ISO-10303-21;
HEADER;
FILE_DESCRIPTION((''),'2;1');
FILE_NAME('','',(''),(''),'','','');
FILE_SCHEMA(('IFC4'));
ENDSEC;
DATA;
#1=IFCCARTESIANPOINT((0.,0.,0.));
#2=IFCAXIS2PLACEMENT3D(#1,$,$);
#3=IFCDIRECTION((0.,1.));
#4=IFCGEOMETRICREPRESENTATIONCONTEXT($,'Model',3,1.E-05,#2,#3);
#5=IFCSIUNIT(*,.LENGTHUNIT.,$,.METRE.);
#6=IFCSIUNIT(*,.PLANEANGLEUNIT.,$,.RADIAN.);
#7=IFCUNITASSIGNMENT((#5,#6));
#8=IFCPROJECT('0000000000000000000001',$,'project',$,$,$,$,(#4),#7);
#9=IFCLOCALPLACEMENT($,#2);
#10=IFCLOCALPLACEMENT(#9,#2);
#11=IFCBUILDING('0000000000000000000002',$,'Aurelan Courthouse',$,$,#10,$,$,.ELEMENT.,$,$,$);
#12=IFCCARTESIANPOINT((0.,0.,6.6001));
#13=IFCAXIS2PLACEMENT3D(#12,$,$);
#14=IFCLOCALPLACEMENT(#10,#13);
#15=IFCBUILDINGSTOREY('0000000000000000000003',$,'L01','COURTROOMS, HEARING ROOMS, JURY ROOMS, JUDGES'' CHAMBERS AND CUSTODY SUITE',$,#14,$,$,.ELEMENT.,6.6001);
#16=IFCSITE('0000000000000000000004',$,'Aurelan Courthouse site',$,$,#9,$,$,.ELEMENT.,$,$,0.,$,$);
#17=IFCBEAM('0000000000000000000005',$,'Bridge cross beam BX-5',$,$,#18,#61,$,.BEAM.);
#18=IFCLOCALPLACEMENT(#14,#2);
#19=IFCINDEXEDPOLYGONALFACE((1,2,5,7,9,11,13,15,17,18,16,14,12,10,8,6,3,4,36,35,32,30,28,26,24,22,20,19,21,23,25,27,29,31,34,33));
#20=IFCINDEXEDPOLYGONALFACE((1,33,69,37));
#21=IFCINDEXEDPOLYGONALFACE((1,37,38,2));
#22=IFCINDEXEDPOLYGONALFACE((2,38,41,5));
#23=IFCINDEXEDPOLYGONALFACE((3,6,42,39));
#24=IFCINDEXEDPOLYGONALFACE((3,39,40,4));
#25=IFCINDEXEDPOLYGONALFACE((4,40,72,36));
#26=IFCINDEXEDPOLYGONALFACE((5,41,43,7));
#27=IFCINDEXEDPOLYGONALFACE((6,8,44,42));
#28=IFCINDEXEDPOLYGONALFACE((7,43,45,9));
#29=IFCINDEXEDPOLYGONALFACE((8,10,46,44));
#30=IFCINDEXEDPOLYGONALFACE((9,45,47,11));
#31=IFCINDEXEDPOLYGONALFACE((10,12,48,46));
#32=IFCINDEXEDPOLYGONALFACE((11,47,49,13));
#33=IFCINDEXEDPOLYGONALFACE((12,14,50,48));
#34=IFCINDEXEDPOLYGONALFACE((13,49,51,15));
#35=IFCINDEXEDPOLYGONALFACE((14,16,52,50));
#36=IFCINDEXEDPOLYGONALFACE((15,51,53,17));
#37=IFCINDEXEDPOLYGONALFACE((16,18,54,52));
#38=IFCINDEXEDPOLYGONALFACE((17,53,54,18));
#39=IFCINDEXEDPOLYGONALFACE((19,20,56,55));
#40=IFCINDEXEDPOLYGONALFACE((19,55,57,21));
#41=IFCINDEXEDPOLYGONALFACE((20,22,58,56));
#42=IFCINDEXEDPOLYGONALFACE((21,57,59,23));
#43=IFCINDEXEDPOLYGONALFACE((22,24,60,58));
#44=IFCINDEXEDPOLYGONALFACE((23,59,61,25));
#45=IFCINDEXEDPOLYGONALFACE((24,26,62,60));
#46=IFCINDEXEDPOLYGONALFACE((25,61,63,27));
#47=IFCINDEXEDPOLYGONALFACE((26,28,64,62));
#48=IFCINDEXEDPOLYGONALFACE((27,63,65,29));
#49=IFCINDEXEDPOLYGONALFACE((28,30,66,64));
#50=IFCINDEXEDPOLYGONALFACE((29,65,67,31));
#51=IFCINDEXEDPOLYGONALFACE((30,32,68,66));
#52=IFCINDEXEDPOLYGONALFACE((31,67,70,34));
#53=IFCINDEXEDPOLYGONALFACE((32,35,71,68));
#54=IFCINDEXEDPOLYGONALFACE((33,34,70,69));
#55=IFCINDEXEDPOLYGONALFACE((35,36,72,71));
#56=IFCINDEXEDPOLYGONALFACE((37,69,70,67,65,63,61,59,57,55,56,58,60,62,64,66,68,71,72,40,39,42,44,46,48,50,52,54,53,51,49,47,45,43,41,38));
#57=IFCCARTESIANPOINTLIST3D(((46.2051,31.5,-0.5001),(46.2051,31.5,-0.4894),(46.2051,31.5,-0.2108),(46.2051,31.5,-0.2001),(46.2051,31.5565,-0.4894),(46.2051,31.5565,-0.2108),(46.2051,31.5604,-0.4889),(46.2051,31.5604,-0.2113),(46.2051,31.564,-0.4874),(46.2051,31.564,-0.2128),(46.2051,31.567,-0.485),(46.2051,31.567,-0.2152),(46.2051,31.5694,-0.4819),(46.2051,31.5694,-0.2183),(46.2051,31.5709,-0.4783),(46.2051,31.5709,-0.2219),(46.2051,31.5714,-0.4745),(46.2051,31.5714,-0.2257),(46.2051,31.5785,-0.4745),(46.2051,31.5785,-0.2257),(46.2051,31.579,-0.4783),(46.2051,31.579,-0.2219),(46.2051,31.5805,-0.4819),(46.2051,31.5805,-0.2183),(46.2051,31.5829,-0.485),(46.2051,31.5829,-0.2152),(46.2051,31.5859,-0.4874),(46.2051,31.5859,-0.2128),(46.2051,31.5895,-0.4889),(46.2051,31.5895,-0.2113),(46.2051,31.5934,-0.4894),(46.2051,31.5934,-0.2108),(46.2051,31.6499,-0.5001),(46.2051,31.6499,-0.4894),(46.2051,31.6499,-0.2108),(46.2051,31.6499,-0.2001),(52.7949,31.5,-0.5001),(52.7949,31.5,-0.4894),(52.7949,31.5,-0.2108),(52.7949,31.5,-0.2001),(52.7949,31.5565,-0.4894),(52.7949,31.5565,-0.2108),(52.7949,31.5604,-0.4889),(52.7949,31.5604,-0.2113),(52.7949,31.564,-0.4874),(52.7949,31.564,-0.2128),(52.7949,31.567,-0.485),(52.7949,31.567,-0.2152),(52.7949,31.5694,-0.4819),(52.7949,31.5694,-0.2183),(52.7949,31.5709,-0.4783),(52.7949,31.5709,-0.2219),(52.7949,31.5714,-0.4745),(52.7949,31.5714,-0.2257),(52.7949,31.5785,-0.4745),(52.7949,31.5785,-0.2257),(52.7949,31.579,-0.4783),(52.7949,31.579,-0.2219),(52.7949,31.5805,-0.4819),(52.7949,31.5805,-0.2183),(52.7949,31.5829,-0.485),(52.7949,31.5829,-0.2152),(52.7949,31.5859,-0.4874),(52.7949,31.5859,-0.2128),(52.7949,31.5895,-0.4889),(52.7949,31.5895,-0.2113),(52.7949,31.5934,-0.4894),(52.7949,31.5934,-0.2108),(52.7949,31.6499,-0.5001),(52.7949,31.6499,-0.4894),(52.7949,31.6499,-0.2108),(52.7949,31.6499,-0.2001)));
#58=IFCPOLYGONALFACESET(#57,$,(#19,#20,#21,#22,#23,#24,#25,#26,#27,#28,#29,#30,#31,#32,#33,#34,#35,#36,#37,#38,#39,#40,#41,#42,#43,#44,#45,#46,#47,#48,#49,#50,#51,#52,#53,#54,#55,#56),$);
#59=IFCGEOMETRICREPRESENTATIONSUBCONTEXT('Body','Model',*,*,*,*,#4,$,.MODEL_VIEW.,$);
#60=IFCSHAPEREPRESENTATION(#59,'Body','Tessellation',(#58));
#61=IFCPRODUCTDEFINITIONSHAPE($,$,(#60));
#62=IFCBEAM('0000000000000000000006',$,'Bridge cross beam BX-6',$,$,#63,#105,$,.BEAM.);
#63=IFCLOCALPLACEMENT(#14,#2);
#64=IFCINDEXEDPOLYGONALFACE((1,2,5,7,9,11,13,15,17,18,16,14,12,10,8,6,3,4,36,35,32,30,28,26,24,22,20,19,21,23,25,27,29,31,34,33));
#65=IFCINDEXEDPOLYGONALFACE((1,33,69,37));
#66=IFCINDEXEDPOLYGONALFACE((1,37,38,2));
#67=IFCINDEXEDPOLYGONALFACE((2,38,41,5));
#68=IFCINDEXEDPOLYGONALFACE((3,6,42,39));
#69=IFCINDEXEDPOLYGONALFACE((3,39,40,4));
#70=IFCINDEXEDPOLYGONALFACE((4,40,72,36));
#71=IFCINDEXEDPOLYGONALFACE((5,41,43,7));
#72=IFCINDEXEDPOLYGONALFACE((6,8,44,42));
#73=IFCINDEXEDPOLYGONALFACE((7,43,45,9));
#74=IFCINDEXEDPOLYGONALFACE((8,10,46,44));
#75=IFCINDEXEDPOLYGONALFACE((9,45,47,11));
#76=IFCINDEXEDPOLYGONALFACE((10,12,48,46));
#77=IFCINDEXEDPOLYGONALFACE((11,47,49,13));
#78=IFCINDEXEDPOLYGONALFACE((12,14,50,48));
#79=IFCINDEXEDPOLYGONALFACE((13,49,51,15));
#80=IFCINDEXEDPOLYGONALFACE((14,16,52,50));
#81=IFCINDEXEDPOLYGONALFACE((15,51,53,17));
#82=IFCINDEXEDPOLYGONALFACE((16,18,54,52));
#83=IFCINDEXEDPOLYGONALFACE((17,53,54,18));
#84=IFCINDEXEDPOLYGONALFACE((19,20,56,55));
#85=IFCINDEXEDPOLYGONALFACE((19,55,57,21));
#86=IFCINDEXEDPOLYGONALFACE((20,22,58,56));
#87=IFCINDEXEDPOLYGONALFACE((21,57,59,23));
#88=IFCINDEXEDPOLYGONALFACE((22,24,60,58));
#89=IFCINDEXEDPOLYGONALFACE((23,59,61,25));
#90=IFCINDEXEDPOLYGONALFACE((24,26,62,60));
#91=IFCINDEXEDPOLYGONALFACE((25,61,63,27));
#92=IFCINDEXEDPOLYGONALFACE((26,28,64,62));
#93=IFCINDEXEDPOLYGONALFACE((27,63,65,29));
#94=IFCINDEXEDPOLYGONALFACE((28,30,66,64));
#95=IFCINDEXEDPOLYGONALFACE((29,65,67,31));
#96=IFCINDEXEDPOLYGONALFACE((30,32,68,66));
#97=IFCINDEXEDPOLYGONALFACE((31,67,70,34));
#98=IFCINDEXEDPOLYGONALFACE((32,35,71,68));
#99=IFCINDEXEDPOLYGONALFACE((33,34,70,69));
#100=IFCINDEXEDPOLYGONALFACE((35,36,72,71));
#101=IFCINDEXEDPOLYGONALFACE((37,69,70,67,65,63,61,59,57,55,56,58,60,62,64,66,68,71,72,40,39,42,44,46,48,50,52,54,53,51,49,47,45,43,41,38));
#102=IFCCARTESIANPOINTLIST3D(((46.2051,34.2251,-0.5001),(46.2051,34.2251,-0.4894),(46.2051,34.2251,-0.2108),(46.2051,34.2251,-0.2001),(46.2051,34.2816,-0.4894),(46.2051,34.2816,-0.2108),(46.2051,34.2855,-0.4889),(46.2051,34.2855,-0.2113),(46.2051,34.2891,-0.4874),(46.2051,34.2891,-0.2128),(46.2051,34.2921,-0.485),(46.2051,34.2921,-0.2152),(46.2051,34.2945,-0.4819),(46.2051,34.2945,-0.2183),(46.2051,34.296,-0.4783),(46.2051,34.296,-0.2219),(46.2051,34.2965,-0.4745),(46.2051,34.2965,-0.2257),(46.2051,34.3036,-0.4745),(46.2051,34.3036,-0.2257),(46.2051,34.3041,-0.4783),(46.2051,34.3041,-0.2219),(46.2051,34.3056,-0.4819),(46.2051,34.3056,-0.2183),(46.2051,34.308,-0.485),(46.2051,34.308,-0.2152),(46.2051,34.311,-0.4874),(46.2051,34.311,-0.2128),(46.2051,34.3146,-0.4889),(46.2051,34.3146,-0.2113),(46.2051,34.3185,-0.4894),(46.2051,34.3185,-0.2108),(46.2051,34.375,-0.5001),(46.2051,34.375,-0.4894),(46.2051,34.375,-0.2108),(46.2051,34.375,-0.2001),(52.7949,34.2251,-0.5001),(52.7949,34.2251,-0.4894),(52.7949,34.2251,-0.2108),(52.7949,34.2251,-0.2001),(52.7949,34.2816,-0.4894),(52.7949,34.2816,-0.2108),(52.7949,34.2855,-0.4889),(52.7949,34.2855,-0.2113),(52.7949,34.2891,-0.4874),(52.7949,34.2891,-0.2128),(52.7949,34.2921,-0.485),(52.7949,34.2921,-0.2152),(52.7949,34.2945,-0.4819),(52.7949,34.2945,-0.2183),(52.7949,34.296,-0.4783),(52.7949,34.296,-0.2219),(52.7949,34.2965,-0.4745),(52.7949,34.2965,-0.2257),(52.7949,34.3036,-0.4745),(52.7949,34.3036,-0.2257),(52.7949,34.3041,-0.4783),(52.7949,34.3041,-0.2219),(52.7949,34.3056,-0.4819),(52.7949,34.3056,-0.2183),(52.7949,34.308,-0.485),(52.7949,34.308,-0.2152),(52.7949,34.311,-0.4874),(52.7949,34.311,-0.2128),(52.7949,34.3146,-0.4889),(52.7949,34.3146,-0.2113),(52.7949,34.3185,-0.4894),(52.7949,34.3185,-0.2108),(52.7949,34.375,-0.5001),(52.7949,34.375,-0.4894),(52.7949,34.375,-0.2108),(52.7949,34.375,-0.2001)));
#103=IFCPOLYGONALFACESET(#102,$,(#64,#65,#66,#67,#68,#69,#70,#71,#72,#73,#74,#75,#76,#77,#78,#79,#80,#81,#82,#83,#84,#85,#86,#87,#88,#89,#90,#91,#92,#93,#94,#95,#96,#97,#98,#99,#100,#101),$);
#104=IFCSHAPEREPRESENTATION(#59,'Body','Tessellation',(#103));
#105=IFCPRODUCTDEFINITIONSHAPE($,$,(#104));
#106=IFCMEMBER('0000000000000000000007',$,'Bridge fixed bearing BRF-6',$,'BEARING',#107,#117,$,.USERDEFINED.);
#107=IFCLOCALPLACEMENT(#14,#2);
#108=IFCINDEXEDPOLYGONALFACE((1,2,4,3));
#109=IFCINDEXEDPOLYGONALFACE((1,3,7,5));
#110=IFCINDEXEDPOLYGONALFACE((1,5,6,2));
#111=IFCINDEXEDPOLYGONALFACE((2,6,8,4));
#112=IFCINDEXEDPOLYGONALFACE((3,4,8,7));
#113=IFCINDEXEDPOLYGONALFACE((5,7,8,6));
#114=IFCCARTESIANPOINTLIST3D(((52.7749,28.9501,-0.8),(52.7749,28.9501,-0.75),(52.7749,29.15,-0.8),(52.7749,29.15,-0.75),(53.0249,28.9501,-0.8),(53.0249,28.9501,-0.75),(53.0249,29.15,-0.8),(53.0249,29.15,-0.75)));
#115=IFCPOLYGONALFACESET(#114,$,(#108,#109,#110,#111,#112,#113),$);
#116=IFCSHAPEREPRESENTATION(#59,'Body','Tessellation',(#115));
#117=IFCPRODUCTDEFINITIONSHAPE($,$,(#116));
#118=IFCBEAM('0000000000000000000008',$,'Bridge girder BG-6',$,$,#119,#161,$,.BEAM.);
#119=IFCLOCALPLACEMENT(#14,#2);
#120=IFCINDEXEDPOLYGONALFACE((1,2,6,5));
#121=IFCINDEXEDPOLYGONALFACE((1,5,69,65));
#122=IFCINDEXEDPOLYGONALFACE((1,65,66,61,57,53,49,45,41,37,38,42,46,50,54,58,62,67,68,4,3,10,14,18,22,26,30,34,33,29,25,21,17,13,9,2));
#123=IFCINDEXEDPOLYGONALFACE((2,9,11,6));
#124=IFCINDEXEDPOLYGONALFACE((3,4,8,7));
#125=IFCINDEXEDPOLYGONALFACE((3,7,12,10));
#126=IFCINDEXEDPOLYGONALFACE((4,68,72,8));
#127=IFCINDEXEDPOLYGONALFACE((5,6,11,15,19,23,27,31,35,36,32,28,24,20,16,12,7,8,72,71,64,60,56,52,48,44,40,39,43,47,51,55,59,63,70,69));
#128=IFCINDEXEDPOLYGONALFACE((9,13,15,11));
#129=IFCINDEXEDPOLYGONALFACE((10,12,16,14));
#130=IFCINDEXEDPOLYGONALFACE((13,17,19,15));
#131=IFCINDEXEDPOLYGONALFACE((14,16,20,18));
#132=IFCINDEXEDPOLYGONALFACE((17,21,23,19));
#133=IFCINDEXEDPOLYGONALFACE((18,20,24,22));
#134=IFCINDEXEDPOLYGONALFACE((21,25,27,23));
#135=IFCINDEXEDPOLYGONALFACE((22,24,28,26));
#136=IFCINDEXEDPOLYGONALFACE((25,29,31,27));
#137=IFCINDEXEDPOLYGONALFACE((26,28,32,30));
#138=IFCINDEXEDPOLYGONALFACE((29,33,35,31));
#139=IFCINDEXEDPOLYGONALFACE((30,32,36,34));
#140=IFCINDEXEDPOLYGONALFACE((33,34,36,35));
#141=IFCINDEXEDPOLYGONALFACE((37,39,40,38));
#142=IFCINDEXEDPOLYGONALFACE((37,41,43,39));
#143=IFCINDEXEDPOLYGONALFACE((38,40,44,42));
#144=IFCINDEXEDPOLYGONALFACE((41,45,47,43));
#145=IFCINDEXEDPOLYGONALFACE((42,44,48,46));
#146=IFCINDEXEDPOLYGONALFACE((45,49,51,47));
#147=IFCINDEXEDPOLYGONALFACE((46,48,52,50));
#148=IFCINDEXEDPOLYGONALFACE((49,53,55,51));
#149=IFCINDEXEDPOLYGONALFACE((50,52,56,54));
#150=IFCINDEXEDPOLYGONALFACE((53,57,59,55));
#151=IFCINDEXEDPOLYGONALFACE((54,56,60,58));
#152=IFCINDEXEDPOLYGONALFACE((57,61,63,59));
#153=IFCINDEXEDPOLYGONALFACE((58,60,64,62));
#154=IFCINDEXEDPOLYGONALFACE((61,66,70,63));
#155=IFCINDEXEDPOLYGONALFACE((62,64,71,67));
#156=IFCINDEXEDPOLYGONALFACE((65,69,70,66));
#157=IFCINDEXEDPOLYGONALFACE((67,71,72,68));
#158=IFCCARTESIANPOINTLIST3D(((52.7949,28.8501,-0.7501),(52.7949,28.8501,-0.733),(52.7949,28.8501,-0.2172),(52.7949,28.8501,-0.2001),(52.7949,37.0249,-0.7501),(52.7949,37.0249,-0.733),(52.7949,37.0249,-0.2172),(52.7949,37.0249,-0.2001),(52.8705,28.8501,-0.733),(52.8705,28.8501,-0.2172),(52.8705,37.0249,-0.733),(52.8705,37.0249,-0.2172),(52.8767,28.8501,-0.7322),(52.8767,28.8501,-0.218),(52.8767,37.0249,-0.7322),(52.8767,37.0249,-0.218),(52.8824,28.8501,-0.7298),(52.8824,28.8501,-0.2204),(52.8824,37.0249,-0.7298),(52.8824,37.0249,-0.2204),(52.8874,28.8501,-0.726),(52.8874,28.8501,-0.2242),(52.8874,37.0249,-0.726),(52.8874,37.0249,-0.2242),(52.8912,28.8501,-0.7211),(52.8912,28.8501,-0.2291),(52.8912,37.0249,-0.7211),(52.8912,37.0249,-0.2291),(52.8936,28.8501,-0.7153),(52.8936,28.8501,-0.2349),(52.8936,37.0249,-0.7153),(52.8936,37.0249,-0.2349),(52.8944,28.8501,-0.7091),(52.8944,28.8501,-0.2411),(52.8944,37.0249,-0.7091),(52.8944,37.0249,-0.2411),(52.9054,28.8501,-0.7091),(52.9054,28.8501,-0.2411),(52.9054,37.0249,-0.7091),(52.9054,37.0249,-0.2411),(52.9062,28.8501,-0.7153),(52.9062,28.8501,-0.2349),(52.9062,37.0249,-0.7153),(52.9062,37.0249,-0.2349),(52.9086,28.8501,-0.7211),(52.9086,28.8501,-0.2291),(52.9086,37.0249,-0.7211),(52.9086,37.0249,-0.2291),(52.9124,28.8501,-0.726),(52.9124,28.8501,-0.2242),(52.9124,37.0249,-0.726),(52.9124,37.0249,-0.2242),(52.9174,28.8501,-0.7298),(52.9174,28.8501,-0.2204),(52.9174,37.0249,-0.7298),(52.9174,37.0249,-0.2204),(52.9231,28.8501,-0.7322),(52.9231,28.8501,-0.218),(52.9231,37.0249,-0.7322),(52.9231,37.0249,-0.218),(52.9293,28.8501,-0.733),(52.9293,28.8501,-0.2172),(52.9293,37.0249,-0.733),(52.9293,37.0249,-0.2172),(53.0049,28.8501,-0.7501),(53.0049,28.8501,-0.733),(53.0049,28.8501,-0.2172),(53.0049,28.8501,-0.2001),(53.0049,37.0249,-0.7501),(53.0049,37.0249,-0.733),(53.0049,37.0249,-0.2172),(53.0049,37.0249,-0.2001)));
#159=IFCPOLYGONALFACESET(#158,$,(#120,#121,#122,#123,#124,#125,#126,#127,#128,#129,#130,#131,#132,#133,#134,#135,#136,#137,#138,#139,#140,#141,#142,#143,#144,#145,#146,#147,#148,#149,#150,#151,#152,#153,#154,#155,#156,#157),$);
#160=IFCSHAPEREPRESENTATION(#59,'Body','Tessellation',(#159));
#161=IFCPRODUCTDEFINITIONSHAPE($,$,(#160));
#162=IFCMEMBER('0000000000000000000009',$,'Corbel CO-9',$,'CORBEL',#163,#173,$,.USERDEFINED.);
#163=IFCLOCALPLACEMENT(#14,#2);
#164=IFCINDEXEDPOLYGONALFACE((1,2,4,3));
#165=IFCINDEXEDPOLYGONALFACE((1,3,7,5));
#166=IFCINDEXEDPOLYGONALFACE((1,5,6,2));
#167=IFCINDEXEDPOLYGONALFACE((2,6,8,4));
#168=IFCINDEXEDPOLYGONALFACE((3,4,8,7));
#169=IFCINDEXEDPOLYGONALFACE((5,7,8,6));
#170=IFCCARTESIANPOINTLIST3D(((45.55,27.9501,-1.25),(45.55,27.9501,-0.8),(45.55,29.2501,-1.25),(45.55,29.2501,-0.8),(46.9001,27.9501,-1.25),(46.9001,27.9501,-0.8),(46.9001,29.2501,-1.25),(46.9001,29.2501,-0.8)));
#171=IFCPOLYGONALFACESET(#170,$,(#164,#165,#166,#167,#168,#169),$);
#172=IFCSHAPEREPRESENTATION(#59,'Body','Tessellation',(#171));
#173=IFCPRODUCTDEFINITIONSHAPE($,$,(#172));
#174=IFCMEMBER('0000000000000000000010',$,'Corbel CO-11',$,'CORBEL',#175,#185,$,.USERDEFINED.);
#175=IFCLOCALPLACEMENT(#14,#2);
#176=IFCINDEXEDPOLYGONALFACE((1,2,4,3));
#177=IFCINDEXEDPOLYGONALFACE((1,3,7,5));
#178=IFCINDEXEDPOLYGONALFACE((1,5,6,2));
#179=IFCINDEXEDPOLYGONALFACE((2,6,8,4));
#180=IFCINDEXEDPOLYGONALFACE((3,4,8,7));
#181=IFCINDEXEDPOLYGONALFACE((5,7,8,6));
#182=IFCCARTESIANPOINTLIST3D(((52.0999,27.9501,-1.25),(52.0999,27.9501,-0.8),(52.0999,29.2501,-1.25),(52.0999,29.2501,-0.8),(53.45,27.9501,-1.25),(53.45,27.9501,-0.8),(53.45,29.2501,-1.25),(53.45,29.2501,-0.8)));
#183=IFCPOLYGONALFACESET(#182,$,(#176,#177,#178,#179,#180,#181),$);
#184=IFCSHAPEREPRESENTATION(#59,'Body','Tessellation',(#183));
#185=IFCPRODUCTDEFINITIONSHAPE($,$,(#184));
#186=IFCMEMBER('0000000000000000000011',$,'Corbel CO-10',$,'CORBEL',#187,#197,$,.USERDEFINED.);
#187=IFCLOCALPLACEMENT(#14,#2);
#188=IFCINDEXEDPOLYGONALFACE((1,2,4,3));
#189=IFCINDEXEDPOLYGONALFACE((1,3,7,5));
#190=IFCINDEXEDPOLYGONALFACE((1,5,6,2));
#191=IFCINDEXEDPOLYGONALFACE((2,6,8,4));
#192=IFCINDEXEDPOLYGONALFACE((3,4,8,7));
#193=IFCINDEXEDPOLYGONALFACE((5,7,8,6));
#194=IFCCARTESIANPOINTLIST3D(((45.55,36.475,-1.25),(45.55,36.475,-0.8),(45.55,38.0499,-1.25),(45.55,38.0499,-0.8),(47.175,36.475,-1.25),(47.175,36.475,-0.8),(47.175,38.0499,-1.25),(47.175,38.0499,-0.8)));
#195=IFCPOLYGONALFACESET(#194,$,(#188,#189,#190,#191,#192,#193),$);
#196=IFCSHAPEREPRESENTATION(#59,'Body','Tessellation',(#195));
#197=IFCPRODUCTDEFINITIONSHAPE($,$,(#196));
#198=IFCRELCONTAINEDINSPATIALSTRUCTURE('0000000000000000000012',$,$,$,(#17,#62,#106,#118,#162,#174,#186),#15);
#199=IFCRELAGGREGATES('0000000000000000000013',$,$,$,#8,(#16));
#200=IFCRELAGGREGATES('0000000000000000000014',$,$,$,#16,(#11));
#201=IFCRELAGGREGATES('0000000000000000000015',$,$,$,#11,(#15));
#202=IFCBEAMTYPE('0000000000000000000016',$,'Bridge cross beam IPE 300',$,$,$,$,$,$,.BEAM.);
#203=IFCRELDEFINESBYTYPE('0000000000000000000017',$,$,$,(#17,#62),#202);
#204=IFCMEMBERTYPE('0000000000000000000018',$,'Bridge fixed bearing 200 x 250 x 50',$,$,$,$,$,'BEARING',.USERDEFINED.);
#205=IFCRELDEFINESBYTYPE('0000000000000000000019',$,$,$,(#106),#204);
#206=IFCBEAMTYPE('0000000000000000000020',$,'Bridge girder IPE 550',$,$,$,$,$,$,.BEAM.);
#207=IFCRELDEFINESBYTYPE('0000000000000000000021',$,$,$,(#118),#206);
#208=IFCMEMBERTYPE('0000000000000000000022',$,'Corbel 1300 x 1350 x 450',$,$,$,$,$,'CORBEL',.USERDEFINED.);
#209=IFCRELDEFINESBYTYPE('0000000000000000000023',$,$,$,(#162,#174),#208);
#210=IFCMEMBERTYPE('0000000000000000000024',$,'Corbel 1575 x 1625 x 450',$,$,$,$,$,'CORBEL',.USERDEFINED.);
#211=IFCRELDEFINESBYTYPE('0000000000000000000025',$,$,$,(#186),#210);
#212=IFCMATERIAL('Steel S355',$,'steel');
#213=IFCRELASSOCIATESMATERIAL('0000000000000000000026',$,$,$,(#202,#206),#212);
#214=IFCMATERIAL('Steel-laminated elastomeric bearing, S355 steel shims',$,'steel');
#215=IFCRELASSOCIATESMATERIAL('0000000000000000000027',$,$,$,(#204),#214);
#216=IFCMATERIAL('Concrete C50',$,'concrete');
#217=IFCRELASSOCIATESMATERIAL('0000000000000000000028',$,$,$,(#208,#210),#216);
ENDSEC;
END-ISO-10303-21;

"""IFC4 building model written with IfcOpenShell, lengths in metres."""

from ifc_helpers import new_model, si_unit, direction, frame, origin, origin_2d, place, context, subcontext, project, spatial, rectangle, i_section, extrude, material, material_profile, profile_set, type_object, element, save


model = new_model("IFC4")

# Units and contexts
model_context = context("Model", 3, precision=1e-05, world=origin(), true_north=direction((0.0, 1.0)))
body_context = subcontext(model_context, "Body", "Model", "MODEL_VIEW")
ifc_project = project(units=[si_unit("LENGTHUNIT", "METRE"), si_unit("PLANEANGLEUNIT", "RADIAN")], contexts=[model_context])

# Site, building, storey
site_placement = place(None, origin())
site = spatial("IfcSite", under=ifc_project, at=site_placement, Name="Aurelan Courthouse site", CompositionType="ELEMENT", RefElevation=0.0)
building_placement = place(site_placement, origin())
building = spatial("IfcBuilding", under=site, at=building_placement, Name="Aurelan Courthouse", CompositionType="ELEMENT")
storey_placement = place(building_placement, frame((0.0, 0.0, 6.6001)))
storey = spatial("IfcBuildingStorey", under=building, at=storey_placement, Name="L01", Description="COURTROOMS, HEARING ROOMS, JURY ROOMS, JUDGES' CHAMBERS AND CUSTODY SUITE", CompositionType="ELEMENT", Elevation=6.6001)

# Beams
ifc_material_1 = material(Name="Steel S355", Category="steel")
ifc_material_profile_1 = material_profile(ifc_material_1, i_section(OverallWidth=0.1499, OverallDepth=0.3, WebThickness=0.0071, FlangeThickness=0.0107, FilletRadius=0.0149, at=origin_2d()), Name="IPE 300")
ifc_profile_set_1 = profile_set([ifc_material_profile_1], Name="Steel S355")
beam_type_1 = type_object("IfcBeamType", Name="Bridge cross beam IPE 300", PredefinedType="BEAM", material=ifc_profile_set_1)
for number, where, z_axis, x_axis, name in (
    (1, (46.2051, 31.575, -0.3501), (1.0, 0.0, 0.0), (0.0, 1.0, 0.0), "Bridge cross beam BX-5"),
    (2, (46.2051, 34.3, -0.3501), (1.0, 0.0, 0.0), (0.0, 1.0, 0.0), "Bridge cross beam BX-6"),
):
    element("IfcBeam", number, at=place(storey_placement, frame(where, z_axis=z_axis, x_axis=x_axis)), inside=storey, type_object=beam_type_1, Name=name, PredefinedType="BEAM", context=body_context, shape_type="SweptSolid", body=[
        extrude(i_section(OverallWidth=0.1499, OverallDepth=0.3, WebThickness=0.0071, FlangeThickness=0.0107, FilletRadius=0.0149, at=origin_2d()), origin(), (0.0, 0.0, 1.0), 6.5898),
    ])

# Member
ifc_material_2 = material(Name="Steel-laminated elastomeric bearing, S355 steel shims", Category="steel")
ifc_material_profile_2 = material_profile(ifc_material_2, rectangle(XDim=0.2, YDim=0.25, at=origin_2d()), Name="PL 200 x 250")
ifc_profile_set_2 = profile_set([ifc_material_profile_2], Name="Steel-laminated elastomeric bearing, S355 steel shims")
member_type_1 = type_object("IfcMemberType", Name="Bridge fixed bearing 200 x 250 x 50", ElementType="BEARING", PredefinedType="USERDEFINED", material=ifc_profile_set_2)
member_1_placement = place(storey_placement, frame((52.8999, 29.05, -0.8), z_axis=(0.0, 0.0, 1.0), x_axis=(0.0, 1.0, 0.0)))
element("IfcMember", 3, at=member_1_placement, inside=storey, type_object=member_type_1, Name="Bridge fixed bearing BRF-6", ObjectType="BEARING", PredefinedType="USERDEFINED", context=body_context, shape_type="SweptSolid", body=[
    extrude(rectangle(XDim=0.2, YDim=0.25, at=origin_2d()), origin(), (0.0, 0.0, 1.0), 0.05),
])

# Beam
ifc_material_profile_3 = material_profile(ifc_material_1, i_section(OverallWidth=0.21, OverallDepth=0.55, WebThickness=0.011, FlangeThickness=0.0171, FilletRadius=0.0239, at=origin_2d()), Name="IPE 550")
ifc_profile_set_3 = profile_set([ifc_material_profile_3], Name="Steel S355")
beam_type_2 = type_object("IfcBeamType", Name="Bridge girder IPE 550", PredefinedType="BEAM", material=ifc_profile_set_3)
beam_1_placement = place(storey_placement, frame((52.8999, 28.8501, -0.4751), z_axis=(0.0, 1.0, 0.0), x_axis=(-1.0, 0.0, 0.0)))
element("IfcBeam", 4, at=beam_1_placement, inside=storey, type_object=beam_type_2, Name="Bridge girder BG-6", PredefinedType="BEAM", context=body_context, shape_type="SweptSolid", body=[
    extrude(i_section(OverallWidth=0.21, OverallDepth=0.55, WebThickness=0.011, FlangeThickness=0.0171, FilletRadius=0.0239, at=origin_2d()), origin(), (0.0, 0.0, 1.0), 8.1748),
])

# Members
ifc_material_3 = material(Name="Concrete C50", Category="concrete")
member_type_2 = type_object("IfcMemberType", Name="Corbel 1300 x 1350 x 450", ElementType="CORBEL", PredefinedType="USERDEFINED", material=ifc_material_3)
for number, where, z_axis, x_axis, name in (
    (5, (46.2251, 28.6001, -1.25), (0.0, 0.0, 1.0), (1.0, 0.0, 0.0), "Corbel CO-9"),
    (6, (52.7749, 28.6001, -1.25), (0.0, 0.0, 1.0), (1.0, 0.0, 0.0), "Corbel CO-11"),
):
    element("IfcMember", number, at=place(storey_placement, frame(where, z_axis=z_axis, x_axis=x_axis)), inside=storey, type_object=member_type_2, Name=name, ObjectType="CORBEL", PredefinedType="USERDEFINED", context=body_context, shape_type="SweptSolid", body=[
        extrude(rectangle(XDim=1.3501, YDim=1.3, at=origin_2d()), origin(), (0.0, 0.0, 1.0), 0.45),
    ])
member_type_3 = type_object("IfcMemberType", Name="Corbel 1575 x 1625 x 450", ElementType="CORBEL", PredefinedType="USERDEFINED", material=ifc_material_3)
for number, where, z_axis, x_axis, name in (
    (7, (46.3625, 37.2625, -1.25), (0.0, 0.0, 1.0), (1.0, 0.0, 0.0), "Corbel CO-10"),
):
    element("IfcMember", number, at=place(storey_placement, frame(where, z_axis=z_axis, x_axis=x_axis)), inside=storey, type_object=member_type_3, Name=name, ObjectType="CORBEL", PredefinedType="USERDEFINED", context=body_context, shape_type="SweptSolid", body=[
        extrude(rectangle(XDim=1.625, YDim=1.575, at=origin_2d()), origin(), (0.0, 0.0, 1.0), 0.45),
    ])

save(model, "model.ifc")
